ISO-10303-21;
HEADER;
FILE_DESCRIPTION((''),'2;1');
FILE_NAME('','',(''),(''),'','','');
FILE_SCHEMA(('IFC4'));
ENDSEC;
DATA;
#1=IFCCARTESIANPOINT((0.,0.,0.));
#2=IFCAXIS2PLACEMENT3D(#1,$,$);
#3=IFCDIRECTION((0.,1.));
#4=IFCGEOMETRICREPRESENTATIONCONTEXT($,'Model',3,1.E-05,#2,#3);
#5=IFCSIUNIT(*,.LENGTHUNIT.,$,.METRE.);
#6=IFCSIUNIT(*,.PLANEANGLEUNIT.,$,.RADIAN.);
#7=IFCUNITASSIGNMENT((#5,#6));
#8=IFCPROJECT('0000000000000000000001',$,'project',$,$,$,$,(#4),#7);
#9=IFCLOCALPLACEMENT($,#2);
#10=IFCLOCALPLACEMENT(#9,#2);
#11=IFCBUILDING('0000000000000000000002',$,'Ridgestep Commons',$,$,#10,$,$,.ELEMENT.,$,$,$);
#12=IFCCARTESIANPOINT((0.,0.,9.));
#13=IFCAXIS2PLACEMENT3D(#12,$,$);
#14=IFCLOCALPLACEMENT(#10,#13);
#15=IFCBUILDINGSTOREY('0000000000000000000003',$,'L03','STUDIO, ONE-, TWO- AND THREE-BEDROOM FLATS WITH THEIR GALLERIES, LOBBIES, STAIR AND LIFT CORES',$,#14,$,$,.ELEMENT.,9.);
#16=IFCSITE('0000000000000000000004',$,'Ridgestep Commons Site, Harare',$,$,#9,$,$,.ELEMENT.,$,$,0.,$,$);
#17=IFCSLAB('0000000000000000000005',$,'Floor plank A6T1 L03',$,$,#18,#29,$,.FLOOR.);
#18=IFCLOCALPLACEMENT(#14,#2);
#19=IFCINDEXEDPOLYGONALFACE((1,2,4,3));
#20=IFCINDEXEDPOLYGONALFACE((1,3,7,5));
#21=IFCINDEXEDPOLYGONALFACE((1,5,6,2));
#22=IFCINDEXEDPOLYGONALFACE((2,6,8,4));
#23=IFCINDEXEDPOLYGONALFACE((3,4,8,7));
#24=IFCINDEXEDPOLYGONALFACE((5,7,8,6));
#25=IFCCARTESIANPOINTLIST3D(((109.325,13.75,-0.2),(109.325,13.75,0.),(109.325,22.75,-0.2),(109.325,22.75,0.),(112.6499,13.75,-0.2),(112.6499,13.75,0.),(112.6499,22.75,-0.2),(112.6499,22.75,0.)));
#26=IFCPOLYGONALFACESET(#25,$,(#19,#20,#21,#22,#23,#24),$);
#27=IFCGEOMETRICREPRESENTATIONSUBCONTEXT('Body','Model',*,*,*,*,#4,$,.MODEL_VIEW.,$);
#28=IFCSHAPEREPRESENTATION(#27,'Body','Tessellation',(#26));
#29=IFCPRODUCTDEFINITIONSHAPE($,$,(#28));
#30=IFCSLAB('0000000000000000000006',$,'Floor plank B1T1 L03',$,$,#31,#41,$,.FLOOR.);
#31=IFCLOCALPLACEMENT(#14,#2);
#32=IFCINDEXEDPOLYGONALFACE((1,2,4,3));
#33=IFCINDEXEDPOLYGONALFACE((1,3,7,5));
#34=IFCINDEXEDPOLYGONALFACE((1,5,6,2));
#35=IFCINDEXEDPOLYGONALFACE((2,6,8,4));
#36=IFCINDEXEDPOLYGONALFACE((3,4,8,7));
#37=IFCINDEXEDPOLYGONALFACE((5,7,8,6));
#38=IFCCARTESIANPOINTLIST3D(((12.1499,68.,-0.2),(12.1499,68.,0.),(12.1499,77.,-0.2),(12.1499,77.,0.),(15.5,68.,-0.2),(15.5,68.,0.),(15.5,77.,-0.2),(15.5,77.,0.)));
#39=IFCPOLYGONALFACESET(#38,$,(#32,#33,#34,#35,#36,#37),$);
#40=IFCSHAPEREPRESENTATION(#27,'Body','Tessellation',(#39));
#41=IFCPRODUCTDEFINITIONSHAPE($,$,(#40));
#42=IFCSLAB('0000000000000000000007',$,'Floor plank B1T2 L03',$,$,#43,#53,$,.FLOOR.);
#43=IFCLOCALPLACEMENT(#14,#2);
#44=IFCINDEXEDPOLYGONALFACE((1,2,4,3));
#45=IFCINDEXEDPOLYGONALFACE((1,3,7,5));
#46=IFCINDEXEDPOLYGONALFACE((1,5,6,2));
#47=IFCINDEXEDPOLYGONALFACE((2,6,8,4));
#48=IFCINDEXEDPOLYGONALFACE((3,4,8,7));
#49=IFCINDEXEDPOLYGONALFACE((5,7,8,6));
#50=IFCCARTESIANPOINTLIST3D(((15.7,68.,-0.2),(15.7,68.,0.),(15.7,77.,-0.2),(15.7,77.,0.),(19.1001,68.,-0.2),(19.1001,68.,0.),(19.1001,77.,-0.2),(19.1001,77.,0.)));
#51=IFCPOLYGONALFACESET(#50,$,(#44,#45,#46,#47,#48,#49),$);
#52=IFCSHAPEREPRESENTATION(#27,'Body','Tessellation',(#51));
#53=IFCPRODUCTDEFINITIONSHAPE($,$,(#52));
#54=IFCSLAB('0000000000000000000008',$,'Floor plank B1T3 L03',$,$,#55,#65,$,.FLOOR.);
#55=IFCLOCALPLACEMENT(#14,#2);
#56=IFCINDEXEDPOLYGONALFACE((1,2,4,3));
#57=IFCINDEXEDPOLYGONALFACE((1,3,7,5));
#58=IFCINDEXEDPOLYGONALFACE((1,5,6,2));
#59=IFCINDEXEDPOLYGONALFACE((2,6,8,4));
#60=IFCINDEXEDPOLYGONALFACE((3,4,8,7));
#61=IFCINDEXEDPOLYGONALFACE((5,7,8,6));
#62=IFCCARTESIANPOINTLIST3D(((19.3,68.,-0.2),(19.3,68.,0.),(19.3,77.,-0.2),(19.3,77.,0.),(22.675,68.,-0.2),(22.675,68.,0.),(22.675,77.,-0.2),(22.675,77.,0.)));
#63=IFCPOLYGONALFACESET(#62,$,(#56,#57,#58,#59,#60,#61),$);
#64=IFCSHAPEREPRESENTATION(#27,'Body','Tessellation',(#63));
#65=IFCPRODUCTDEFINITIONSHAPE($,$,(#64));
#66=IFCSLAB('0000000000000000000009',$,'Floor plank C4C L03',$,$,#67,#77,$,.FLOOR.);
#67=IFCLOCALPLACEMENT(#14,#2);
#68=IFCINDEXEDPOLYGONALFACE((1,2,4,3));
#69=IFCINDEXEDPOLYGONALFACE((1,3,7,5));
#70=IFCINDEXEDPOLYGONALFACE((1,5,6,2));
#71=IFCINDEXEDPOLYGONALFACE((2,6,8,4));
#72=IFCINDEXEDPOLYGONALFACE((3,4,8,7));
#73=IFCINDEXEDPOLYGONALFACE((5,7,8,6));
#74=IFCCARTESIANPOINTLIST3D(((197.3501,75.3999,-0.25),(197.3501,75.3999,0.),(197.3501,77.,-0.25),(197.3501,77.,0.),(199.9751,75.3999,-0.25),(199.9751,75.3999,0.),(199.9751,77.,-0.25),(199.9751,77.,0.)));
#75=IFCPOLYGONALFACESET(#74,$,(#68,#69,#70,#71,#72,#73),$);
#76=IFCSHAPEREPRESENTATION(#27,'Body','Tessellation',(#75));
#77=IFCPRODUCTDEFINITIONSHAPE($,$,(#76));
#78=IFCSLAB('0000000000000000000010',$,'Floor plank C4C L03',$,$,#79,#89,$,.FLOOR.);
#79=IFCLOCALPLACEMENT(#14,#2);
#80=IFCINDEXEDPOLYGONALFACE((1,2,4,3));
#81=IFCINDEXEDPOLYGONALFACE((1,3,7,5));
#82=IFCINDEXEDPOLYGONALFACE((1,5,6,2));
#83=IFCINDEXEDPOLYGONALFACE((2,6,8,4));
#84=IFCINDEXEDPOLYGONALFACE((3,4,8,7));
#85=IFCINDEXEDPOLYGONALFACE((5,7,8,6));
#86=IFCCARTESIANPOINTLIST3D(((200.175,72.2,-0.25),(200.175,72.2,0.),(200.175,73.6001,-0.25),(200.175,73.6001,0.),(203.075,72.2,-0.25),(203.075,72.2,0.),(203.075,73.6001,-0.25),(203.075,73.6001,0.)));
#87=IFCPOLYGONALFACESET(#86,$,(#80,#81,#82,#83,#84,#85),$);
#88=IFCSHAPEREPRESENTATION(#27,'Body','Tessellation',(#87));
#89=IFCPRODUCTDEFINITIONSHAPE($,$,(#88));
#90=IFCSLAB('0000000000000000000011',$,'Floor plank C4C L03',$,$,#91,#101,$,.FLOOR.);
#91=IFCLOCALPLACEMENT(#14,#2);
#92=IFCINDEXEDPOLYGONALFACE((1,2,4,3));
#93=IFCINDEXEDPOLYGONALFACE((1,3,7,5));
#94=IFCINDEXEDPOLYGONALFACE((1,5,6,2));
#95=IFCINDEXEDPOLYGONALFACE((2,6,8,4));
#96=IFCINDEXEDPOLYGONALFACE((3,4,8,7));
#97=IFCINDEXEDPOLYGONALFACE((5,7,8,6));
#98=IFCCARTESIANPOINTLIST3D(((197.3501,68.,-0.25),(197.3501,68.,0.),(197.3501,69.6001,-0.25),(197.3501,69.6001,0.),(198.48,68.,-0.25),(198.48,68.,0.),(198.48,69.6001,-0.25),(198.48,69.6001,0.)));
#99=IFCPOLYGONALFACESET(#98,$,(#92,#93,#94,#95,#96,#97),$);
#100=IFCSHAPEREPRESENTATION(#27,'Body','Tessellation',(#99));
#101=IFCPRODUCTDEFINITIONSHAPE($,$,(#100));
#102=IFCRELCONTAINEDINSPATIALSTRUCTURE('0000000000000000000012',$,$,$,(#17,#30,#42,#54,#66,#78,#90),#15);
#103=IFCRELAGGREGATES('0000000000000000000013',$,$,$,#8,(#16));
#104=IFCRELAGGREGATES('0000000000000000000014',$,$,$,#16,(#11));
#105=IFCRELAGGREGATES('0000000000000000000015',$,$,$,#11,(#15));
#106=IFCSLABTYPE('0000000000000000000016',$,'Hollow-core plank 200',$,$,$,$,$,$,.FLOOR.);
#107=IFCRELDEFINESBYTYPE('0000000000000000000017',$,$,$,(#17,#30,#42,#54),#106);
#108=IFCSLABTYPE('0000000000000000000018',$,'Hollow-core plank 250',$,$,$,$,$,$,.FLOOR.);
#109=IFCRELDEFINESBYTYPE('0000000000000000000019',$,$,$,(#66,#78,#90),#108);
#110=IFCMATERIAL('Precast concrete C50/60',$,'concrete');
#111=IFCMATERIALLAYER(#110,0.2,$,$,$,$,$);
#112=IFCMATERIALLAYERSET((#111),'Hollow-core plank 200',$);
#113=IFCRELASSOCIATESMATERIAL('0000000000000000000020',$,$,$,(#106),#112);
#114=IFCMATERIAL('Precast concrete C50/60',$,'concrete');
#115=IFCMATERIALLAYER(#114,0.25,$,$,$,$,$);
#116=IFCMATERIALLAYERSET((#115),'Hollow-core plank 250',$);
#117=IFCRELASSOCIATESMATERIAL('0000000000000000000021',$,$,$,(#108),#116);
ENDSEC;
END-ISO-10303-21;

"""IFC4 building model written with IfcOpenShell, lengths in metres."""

from ifc_helpers import new_model, si_unit, direction, frame, origin, place, context, subcontext, project, spatial, polyline, outline, extrude, material, layer, layer_set, type_object, element, save


model = new_model("IFC4")

# Units and contexts
model_context = context("Model", 3, precision=1e-05, world=origin(), true_north=direction((0.0, 1.0)))
body_context = subcontext(model_context, "Body", "Model", "MODEL_VIEW")
ifc_project = project(units=[si_unit("LENGTHUNIT", "METRE"), si_unit("PLANEANGLEUNIT", "RADIAN")], contexts=[model_context])

# Site, building, storey
site_placement = place(None, origin())
site = spatial("IfcSite", under=ifc_project, at=site_placement, Name="Ridgestep Commons Site, Harare", CompositionType="ELEMENT", RefElevation=0.0)
building_placement = place(site_placement, origin())
building = spatial("IfcBuilding", under=site, at=building_placement, Name="Ridgestep Commons", CompositionType="ELEMENT")
storey_placement = place(building_placement, frame((0.0, 0.0, 9.0)))
storey = spatial("IfcBuildingStorey", under=building, at=storey_placement, Name="L03", Description="STUDIO, ONE-, TWO- AND THREE-BEDROOM FLATS WITH THEIR GALLERIES, LOBBIES, STAIR AND LIFT CORES", CompositionType="ELEMENT", Elevation=9.0)

# Slabs
ifc_material_1 = material(Name="Precast concrete C50/60", Category="concrete")
ifc_layer_1 = layer(ifc_material_1, 0.2)
ifc_layer_set_1 = layer_set([ifc_layer_1], Name="Hollow-core plank 200")
slab_type_1 = type_object("IfcSlabType", Name="Hollow-core plank 200", PredefinedType="FLOOR", material=ifc_layer_set_1)
slab_1_placement = place(storey_placement, frame((0.0, 0.0, -0.2)))
element("IfcSlab", 1, at=slab_1_placement, inside=storey, type_object=slab_type_1, Name="Floor plank A6T1 L03", PredefinedType="FLOOR", context=body_context, shape_type="SweptSolid", body=[
    extrude(outline(polyline([(112.6499, 13.75), (112.6499, 22.75), (109.325, 22.75), (109.325, 13.75), (112.6499, 13.75)])), origin(), (0.0, 0.0, 1.0), 0.2),
])
slab_2_placement = place(storey_placement, frame((0.0, 0.0, -0.2)))
element("IfcSlab", 2, at=slab_2_placement, inside=storey, type_object=slab_type_1, Name="Floor plank B1T1 L03", PredefinedType="FLOOR", context=body_context, shape_type="SweptSolid", body=[
    extrude(outline(polyline([(15.5, 68.0), (15.5, 77.0), (12.1499, 77.0), (12.1499, 68.0), (15.5, 68.0)])), origin(), (0.0, 0.0, 1.0), 0.2),
])
slab_3_placement = place(storey_placement, frame((0.0, 0.0, -0.2)))
element("IfcSlab", 3, at=slab_3_placement, inside=storey, type_object=slab_type_1, Name="Floor plank B1T2 L03", PredefinedType="FLOOR", context=body_context, shape_type="SweptSolid", body=[
    extrude(outline(polyline([(19.1001, 68.0), (19.1001, 77.0), (15.7, 77.0), (15.7, 68.0), (19.1001, 68.0)])), origin(), (0.0, 0.0, 1.0), 0.2),
])
slab_4_placement = place(storey_placement, frame((0.0, 0.0, -0.2)))
element("IfcSlab", 4, at=slab_4_placement, inside=storey, type_object=slab_type_1, Name="Floor plank B1T3 L03", PredefinedType="FLOOR", context=body_context, shape_type="SweptSolid", body=[
    extrude(outline(polyline([(22.675, 68.0), (22.675, 77.0), (19.3, 77.0), (19.3, 68.0), (22.675, 68.0)])), origin(), (0.0, 0.0, 1.0), 0.2),
])
ifc_material_2 = material(Name="Precast concrete C50/60", Category="concrete")
ifc_layer_2 = layer(ifc_material_2, 0.25)
ifc_layer_set_2 = layer_set([ifc_layer_2], Name="Hollow-core plank 250")
slab_type_2 = type_object("IfcSlabType", Name="Hollow-core plank 250", PredefinedType="FLOOR", material=ifc_layer_set_2)
slab_5_placement = place(storey_placement, frame((0.0, 0.0, -0.25)))
element("IfcSlab", 5, at=slab_5_placement, inside=storey, type_object=slab_type_2, Name="Floor plank C4C L03", PredefinedType="FLOOR", context=body_context, shape_type="SweptSolid", body=[
    extrude(outline(polyline([(199.9751, 77.0), (197.3501, 77.0), (197.3501, 75.3999), (199.9751, 75.3999), (199.9751, 77.0)])), origin(), (0.0, 0.0, 1.0), 0.25),
])
slab_6_placement = place(storey_placement, frame((0.0, 0.0, -0.25)))
element("IfcSlab", 6, at=slab_6_placement, inside=storey, type_object=slab_type_2, Name="Floor plank C4C L03", PredefinedType="FLOOR", context=body_context, shape_type="SweptSolid", body=[
    extrude(outline(polyline([(203.075, 72.2), (203.075, 73.6001), (200.175, 73.6001), (200.175, 72.2), (203.075, 72.2)])), origin(), (0.0, 0.0, 1.0), 0.25),
])
slab_7_placement = place(storey_placement, frame((0.0, 0.0, -0.25)))
element("IfcSlab", 7, at=slab_7_placement, inside=storey, type_object=slab_type_2, Name="Floor plank C4C L03", PredefinedType="FLOOR", context=body_context, shape_type="SweptSolid", body=[
    extrude(outline(polyline([(198.48, 69.6001), (197.3501, 69.6001), (197.3501, 68.0), (198.48, 68.0), (198.48, 69.6001)])), origin(), (0.0, 0.0, 1.0), 0.25),
])

save(model, "model.ifc")
